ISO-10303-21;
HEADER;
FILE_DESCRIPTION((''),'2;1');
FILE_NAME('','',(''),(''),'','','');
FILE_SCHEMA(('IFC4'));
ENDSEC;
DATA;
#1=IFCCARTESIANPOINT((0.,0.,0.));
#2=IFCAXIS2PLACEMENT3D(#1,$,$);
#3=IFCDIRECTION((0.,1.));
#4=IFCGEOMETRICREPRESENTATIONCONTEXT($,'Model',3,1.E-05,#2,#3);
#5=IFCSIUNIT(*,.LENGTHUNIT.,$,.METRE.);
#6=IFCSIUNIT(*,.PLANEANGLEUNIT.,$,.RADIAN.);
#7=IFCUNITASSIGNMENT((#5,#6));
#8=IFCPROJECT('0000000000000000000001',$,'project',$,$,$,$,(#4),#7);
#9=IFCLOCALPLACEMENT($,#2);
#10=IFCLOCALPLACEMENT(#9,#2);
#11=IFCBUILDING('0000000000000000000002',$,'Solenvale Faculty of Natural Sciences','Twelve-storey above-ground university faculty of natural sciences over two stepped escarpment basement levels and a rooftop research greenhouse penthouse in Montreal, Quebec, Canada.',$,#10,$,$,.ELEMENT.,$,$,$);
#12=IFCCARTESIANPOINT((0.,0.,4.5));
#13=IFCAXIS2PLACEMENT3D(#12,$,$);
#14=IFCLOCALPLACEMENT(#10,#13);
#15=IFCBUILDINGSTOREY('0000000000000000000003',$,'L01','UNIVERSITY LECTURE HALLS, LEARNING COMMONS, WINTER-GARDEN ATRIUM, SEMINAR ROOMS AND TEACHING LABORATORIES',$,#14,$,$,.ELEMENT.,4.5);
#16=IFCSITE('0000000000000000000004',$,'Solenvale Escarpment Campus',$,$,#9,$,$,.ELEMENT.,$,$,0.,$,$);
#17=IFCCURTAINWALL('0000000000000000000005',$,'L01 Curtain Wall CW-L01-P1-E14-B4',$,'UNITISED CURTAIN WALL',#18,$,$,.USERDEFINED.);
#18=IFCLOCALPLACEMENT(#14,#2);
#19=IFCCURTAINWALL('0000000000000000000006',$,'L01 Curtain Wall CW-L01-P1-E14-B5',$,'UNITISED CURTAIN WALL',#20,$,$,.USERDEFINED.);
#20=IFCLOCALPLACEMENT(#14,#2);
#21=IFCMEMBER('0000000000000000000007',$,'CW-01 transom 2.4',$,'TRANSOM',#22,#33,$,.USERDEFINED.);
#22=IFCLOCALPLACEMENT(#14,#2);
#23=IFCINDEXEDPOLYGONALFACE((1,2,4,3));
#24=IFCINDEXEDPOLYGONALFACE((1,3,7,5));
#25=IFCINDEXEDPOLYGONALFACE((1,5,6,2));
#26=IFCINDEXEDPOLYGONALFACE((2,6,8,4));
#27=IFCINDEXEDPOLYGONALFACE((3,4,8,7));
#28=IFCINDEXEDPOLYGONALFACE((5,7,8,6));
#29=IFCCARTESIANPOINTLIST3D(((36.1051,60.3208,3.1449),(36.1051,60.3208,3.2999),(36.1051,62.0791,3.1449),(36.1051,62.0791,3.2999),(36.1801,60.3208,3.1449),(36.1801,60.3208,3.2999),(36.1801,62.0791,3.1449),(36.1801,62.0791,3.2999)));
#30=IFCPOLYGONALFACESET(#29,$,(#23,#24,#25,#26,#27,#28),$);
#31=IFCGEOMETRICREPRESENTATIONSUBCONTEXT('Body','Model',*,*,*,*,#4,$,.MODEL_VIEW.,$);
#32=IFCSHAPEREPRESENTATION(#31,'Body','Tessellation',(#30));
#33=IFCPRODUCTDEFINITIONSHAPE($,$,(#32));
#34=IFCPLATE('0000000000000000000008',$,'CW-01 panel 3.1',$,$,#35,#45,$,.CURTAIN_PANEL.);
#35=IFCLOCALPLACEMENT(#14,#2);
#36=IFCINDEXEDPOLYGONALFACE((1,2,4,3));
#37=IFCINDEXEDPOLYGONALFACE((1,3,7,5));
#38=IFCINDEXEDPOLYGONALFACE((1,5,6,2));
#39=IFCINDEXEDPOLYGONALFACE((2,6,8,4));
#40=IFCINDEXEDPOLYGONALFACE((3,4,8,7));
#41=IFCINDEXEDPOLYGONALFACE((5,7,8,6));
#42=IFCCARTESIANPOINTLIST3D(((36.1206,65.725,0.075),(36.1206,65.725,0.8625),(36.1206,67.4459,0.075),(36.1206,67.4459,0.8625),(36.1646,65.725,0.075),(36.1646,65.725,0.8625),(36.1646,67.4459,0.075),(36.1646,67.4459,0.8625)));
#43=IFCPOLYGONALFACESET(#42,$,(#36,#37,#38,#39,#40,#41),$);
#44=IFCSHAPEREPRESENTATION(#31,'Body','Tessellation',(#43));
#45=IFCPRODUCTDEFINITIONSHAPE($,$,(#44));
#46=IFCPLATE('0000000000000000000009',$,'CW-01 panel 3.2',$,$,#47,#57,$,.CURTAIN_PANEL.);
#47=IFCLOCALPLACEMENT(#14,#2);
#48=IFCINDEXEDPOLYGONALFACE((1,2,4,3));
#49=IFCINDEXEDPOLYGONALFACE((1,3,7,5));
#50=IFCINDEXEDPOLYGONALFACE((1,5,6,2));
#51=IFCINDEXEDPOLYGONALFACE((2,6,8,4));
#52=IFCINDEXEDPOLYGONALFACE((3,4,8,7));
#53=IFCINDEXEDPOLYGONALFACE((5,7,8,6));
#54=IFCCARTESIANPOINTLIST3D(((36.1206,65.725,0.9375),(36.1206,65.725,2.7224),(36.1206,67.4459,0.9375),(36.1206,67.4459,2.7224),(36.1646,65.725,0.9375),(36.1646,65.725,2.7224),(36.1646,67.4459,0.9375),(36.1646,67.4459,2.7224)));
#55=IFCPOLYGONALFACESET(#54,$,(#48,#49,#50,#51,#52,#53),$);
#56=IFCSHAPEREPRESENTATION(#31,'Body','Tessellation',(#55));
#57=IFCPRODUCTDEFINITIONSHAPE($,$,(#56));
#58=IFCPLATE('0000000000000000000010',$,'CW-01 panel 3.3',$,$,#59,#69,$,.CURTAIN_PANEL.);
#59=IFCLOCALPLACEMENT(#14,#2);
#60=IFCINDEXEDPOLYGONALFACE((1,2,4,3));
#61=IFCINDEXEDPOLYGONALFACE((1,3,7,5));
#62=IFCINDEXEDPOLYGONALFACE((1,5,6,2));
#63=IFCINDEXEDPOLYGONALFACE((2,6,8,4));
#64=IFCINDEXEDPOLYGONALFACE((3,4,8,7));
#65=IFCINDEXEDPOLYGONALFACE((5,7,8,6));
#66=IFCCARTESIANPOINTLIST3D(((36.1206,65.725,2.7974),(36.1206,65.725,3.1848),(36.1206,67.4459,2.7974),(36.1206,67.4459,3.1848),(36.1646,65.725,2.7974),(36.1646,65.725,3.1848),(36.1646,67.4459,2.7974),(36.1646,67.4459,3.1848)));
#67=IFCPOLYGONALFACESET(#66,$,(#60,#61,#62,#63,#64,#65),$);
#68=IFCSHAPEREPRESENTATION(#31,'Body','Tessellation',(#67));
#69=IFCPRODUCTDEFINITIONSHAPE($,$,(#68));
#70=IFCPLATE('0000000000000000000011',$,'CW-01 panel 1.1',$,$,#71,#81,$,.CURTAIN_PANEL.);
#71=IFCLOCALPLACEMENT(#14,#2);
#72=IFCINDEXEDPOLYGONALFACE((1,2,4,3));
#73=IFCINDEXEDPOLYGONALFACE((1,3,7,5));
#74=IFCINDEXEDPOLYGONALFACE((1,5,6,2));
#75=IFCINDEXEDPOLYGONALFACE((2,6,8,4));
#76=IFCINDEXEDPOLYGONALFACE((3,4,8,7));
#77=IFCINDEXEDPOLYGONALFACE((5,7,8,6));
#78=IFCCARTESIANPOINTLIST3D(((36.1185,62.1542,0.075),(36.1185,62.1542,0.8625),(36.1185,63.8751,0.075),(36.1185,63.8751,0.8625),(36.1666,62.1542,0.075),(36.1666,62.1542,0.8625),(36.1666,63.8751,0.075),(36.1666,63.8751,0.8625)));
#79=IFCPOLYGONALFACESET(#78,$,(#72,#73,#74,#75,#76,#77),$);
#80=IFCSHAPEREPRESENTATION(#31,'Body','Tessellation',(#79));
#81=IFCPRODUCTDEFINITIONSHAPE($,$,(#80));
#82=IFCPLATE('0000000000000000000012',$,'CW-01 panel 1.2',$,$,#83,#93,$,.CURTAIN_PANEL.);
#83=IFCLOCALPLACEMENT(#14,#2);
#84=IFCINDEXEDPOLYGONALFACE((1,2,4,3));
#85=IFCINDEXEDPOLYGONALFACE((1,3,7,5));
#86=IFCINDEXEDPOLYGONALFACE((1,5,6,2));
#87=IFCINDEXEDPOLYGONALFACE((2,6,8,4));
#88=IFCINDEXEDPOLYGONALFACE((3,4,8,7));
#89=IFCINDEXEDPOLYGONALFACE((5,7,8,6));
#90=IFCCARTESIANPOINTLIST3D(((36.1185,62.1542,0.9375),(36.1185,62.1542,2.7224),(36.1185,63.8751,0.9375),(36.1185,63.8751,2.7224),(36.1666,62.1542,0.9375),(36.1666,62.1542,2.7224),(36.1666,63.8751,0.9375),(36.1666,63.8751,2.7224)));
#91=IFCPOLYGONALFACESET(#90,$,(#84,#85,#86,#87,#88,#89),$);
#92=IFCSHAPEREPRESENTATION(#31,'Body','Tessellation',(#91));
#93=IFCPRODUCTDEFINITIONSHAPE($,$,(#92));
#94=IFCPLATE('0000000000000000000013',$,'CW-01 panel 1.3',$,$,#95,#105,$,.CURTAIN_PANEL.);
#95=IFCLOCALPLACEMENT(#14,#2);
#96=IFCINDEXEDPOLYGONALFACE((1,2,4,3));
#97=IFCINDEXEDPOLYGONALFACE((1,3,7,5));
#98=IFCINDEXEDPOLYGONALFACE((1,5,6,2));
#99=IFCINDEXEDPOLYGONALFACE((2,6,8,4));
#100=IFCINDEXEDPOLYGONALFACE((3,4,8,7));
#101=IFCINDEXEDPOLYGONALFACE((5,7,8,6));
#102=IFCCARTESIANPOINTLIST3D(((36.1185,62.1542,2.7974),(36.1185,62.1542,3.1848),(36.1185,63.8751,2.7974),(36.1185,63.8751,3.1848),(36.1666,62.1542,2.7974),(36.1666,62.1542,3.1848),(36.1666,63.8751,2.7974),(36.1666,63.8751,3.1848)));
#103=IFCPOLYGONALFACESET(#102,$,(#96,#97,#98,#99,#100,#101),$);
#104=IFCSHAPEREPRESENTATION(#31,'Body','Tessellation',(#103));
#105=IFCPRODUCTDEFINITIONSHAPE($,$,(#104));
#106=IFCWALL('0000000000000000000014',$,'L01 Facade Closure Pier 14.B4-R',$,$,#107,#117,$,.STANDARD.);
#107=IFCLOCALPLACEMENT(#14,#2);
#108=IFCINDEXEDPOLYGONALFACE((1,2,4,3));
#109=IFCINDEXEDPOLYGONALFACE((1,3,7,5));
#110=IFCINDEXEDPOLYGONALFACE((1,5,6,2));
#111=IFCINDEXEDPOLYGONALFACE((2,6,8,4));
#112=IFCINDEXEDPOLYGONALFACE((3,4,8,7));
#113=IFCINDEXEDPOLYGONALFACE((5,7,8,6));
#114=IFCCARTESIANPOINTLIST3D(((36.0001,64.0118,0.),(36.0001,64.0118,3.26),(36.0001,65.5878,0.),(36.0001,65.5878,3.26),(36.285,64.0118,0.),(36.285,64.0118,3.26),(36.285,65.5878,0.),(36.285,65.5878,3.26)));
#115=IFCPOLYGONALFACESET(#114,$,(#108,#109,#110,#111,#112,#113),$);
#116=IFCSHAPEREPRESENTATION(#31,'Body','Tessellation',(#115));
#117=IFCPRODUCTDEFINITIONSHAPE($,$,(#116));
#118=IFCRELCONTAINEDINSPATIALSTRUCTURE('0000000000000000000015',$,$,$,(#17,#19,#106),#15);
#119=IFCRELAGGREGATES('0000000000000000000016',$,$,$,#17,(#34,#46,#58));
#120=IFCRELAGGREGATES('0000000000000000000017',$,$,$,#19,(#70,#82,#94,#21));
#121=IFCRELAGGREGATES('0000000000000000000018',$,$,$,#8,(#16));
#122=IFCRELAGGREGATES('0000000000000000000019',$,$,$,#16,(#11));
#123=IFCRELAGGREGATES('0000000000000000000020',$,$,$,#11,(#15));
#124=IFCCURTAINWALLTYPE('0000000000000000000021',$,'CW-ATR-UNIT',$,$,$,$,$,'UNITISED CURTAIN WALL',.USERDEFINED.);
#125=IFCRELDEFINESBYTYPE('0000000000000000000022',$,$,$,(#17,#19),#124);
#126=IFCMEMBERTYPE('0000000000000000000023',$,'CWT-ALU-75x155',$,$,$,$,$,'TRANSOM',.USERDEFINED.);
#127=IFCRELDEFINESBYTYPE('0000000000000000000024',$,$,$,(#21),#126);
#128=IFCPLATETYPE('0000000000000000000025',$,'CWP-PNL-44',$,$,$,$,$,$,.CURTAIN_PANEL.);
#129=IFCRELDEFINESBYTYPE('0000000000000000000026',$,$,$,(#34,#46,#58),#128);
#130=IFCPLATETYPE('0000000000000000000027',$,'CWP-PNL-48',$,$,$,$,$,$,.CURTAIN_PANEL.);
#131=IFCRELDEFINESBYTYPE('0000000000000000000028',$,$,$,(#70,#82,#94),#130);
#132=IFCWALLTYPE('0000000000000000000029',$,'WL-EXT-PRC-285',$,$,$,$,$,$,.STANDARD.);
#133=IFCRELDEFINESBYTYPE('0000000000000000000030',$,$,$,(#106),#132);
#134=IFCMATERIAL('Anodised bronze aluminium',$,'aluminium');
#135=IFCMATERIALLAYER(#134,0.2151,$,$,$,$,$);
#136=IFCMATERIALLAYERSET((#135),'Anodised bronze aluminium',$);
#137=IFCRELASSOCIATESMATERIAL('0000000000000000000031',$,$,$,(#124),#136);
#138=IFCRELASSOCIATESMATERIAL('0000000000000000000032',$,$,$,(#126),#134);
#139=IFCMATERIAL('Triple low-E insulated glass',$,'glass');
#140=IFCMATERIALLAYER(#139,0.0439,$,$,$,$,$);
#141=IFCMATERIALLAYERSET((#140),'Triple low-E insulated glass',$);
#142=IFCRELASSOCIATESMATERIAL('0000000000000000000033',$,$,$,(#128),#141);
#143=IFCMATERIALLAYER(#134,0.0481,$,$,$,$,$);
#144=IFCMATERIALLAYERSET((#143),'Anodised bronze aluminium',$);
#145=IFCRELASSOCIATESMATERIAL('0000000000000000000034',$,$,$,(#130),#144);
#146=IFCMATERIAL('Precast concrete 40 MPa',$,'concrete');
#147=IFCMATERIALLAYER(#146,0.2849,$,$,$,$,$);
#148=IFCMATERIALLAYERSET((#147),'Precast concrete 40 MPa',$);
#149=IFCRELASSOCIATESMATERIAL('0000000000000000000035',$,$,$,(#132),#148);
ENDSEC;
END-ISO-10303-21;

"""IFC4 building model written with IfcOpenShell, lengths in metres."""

from ifc_helpers import new_model, si_unit, direction, frame, frame_2d, origin, origin_2d, place, context, subcontext, project, spatial, rectangle, extrude, material, layer, layer_set, material_profile, profile_set, type_object, element, aggregate, save


model = new_model("IFC4")

# Units and contexts
model_context = context("Model", 3, precision=1e-05, world=origin(), true_north=direction((0.0, 1.0)))
body_context = subcontext(model_context, "Body", "Model", "MODEL_VIEW")
ifc_project = project(units=[si_unit("LENGTHUNIT", "METRE"), si_unit("PLANEANGLEUNIT", "RADIAN")], contexts=[model_context])

# Site, building, storey
site_placement = place(None, origin())
site = spatial("IfcSite", under=ifc_project, at=site_placement, Name="Solenvale Escarpment Campus", CompositionType="ELEMENT", RefElevation=0.0)
building_placement = place(site_placement, origin())
building = spatial("IfcBuilding", under=site, at=building_placement, Name="Solenvale Faculty of Natural Sciences", Description="Twelve-storey above-ground university faculty of natural sciences over two stepped escarpment basement levels and a rooftop research greenhouse penthouse in Montreal, Quebec, Canada.", CompositionType="ELEMENT")
storey_placement = place(building_placement, frame((0.0, 0.0, 4.5)))
storey = spatial("IfcBuildingStorey", under=building, at=storey_placement, Name="L01", Description="UNIVERSITY LECTURE HALLS, LEARNING COMMONS, WINTER-GARDEN ATRIUM, SEMINAR ROOMS AND TEACHING LABORATORIES", CompositionType="ELEMENT", Elevation=4.5)

# Curtain wall
ifc_material_1 = material(Name="Anodised bronze aluminium", Category="aluminium")
ifc_layer_1 = layer(ifc_material_1, 0.2151)
ifc_layer_set_1 = layer_set([ifc_layer_1], Name="Anodised bronze aluminium")
curtain_wall_type = type_object("IfcCurtainWallType", Name="CW-ATR-UNIT", ElementType="UNITISED CURTAIN WALL", PredefinedType="USERDEFINED", material=ifc_layer_set_1)
curtain_wall_1_placement = place(storey_placement, origin())
curtain_wall_1 = element("IfcCurtainWall", 1, at=curtain_wall_1_placement, inside=storey, type_object=curtain_wall_type, Name="L01 Curtain Wall CW-L01-P1-E14-B4", ObjectType="UNITISED CURTAIN WALL", PredefinedType="USERDEFINED")

# Curtain wall
curtain_wall_2_placement = place(storey_placement, origin())
curtain_wall_2 = element("IfcCurtainWall", 2, at=curtain_wall_2_placement, inside=storey, type_object=curtain_wall_type, Name="L01 Curtain Wall CW-L01-P1-E14-B5", ObjectType="UNITISED CURTAIN WALL", PredefinedType="USERDEFINED")

# Member
ifc_material_profile_1 = material_profile(ifc_material_1, rectangle(XDim=0.075, YDim=0.155, at=origin_2d()), Name="ALU-TRN-75x155")
ifc_profile_set_1 = profile_set([ifc_material_profile_1], Name="Anodised bronze aluminium")
member_type_1 = type_object("IfcMemberType", Name="CWT-ALU-75x155", ElementType="TRANSOM", PredefinedType="USERDEFINED", material=ifc_profile_set_1)
member_1_placement = place(storey_placement, frame((36.1426, 62.0791, 3.2224), z_axis=(0.0, -1.0, 0.0), x_axis=(1.0, 0.0, 0.0)))
member_1 = element("IfcMember", 3, at=member_1_placement, type_object=member_type_1, Name="CW-01 transom 2.4", ObjectType="TRANSOM", PredefinedType="USERDEFINED", context=body_context, shape_type="SweptSolid", body=[
    extrude(rectangle(XDim=0.075, YDim=0.155, at=origin_2d()), origin(), (0.0, 0.0, 1.0), 1.7583),
])

# Plates
ifc_material_2 = material(Name="Triple low-E insulated glass", Category="glass")
ifc_layer_2 = layer(ifc_material_2, 0.0439)
ifc_layer_set_2 = layer_set([ifc_layer_2], Name="Triple low-E insulated glass")
plate_type_1 = type_object("IfcPlateType", Name="CWP-PNL-44", PredefinedType="CURTAIN_PANEL", material=ifc_layer_set_2)
plate_1_placement = place(storey_placement, frame((36.1426, 66.5854, 0.075), z_axis=(0.0, 0.0, 1.0), x_axis=(0.0, -1.0, 0.0)))
plate_1 = element("IfcPlate", 4, at=plate_1_placement, type_object=plate_type_1, Name="CW-01 panel 3.1", PredefinedType="CURTAIN_PANEL", context=body_context, shape_type="SweptSolid", body=[
    extrude(rectangle(XDim=1.7209, YDim=0.0439, at=origin_2d()), origin(), (0.0, 0.0, 1.0), 0.7876),
])
plate_2_placement = place(storey_placement, frame((36.1426, 66.5854, 0.9375), z_axis=(0.0, 0.0, 1.0), x_axis=(0.0, -1.0, 0.0)))
plate_2 = element("IfcPlate", 5, at=plate_2_placement, type_object=plate_type_1, Name="CW-01 panel 3.2", PredefinedType="CURTAIN_PANEL", context=body_context, shape_type="SweptSolid", body=[
    extrude(rectangle(XDim=1.7209, YDim=0.0439, at=origin_2d()), origin(), (0.0, 0.0, 1.0), 1.7849),
])
plate_3_placement = place(storey_placement, frame((36.1426, 66.5854, 2.7974), z_axis=(0.0, 0.0, 1.0), x_axis=(0.0, -1.0, 0.0)))
plate_3 = element("IfcPlate", 6, at=plate_3_placement, type_object=plate_type_1, Name="CW-01 panel 3.3", PredefinedType="CURTAIN_PANEL", context=body_context, shape_type="SweptSolid", body=[
    extrude(rectangle(XDim=1.7209, YDim=0.0439, at=origin_2d()), origin(), (0.0, 0.0, 1.0), 0.3875),
])
aggregate(curtain_wall_1, [plate_1, plate_2, plate_3])
ifc_layer_3 = layer(ifc_material_1, 0.0481)
ifc_layer_set_3 = layer_set([ifc_layer_3], Name="Anodised bronze aluminium")
plate_type_2 = type_object("IfcPlateType", Name="CWP-PNL-48", PredefinedType="CURTAIN_PANEL", material=ifc_layer_set_3)
plate_4_placement = place(storey_placement, frame((36.1426, 63.0146, 0.075), z_axis=(0.0, 0.0, 1.0), x_axis=(0.0, -1.0, 0.0)))
plate_4 = element("IfcPlate", 7, at=plate_4_placement, type_object=plate_type_2, Name="CW-01 panel 1.1", PredefinedType="CURTAIN_PANEL", context=body_context, shape_type="SweptSolid", body=[
    extrude(rectangle(XDim=1.7209, YDim=0.0481, at=origin_2d()), origin(), (0.0, 0.0, 1.0), 0.7876),
])
plate_5_placement = place(storey_placement, frame((36.1426, 63.0146, 0.9375), z_axis=(0.0, 0.0, 1.0), x_axis=(0.0, -1.0, 0.0)))
plate_5 = element("IfcPlate", 8, at=plate_5_placement, type_object=plate_type_2, Name="CW-01 panel 1.2", PredefinedType="CURTAIN_PANEL", context=body_context, shape_type="SweptSolid", body=[
    extrude(rectangle(XDim=1.7209, YDim=0.0481, at=origin_2d()), origin(), (0.0, 0.0, 1.0), 1.7849),
])
plate_6_placement = place(storey_placement, frame((36.1426, 63.0146, 2.7974), z_axis=(0.0, 0.0, 1.0), x_axis=(0.0, -1.0, 0.0)))
plate_6 = element("IfcPlate", 9, at=plate_6_placement, type_object=plate_type_2, Name="CW-01 panel 1.3", PredefinedType="CURTAIN_PANEL", context=body_context, shape_type="SweptSolid", body=[
    extrude(rectangle(XDim=1.7209, YDim=0.0481, at=origin_2d()), origin(), (0.0, 0.0, 1.0), 0.3875),
])
aggregate(curtain_wall_2, [plate_4, plate_5, plate_6, member_1])

# Wall
ifc_material_3 = material(Name="Precast concrete 40 MPa", Category="concrete")
ifc_layer_4 = layer(ifc_material_3, 0.2849)
ifc_layer_set_4 = layer_set([ifc_layer_4], Name="Precast concrete 40 MPa")
wall_type = type_object("IfcWallType", Name="WL-EXT-PRC-285", PredefinedType="STANDARD", material=ifc_layer_set_4)
wall_placement = place(storey_placement, frame((36.1426, 65.5879, 0.0), z_axis=(0.0, 0.0, 1.0), x_axis=(0.0, -1.0, 0.0)))
element("IfcWall", 10, at=wall_placement, inside=storey, type_object=wall_type, Name="L01 Facade Closure Pier 14.B4-R", PredefinedType="STANDARD", context=body_context, shape_type="SweptSolid", body=[
    extrude(rectangle(XDim=1.5759, YDim=0.2849, at=frame_2d((0.7881, 0.0))), origin(), (0.0, 0.0, 1.0), 3.26),
])

save(model, "model.ifc")
